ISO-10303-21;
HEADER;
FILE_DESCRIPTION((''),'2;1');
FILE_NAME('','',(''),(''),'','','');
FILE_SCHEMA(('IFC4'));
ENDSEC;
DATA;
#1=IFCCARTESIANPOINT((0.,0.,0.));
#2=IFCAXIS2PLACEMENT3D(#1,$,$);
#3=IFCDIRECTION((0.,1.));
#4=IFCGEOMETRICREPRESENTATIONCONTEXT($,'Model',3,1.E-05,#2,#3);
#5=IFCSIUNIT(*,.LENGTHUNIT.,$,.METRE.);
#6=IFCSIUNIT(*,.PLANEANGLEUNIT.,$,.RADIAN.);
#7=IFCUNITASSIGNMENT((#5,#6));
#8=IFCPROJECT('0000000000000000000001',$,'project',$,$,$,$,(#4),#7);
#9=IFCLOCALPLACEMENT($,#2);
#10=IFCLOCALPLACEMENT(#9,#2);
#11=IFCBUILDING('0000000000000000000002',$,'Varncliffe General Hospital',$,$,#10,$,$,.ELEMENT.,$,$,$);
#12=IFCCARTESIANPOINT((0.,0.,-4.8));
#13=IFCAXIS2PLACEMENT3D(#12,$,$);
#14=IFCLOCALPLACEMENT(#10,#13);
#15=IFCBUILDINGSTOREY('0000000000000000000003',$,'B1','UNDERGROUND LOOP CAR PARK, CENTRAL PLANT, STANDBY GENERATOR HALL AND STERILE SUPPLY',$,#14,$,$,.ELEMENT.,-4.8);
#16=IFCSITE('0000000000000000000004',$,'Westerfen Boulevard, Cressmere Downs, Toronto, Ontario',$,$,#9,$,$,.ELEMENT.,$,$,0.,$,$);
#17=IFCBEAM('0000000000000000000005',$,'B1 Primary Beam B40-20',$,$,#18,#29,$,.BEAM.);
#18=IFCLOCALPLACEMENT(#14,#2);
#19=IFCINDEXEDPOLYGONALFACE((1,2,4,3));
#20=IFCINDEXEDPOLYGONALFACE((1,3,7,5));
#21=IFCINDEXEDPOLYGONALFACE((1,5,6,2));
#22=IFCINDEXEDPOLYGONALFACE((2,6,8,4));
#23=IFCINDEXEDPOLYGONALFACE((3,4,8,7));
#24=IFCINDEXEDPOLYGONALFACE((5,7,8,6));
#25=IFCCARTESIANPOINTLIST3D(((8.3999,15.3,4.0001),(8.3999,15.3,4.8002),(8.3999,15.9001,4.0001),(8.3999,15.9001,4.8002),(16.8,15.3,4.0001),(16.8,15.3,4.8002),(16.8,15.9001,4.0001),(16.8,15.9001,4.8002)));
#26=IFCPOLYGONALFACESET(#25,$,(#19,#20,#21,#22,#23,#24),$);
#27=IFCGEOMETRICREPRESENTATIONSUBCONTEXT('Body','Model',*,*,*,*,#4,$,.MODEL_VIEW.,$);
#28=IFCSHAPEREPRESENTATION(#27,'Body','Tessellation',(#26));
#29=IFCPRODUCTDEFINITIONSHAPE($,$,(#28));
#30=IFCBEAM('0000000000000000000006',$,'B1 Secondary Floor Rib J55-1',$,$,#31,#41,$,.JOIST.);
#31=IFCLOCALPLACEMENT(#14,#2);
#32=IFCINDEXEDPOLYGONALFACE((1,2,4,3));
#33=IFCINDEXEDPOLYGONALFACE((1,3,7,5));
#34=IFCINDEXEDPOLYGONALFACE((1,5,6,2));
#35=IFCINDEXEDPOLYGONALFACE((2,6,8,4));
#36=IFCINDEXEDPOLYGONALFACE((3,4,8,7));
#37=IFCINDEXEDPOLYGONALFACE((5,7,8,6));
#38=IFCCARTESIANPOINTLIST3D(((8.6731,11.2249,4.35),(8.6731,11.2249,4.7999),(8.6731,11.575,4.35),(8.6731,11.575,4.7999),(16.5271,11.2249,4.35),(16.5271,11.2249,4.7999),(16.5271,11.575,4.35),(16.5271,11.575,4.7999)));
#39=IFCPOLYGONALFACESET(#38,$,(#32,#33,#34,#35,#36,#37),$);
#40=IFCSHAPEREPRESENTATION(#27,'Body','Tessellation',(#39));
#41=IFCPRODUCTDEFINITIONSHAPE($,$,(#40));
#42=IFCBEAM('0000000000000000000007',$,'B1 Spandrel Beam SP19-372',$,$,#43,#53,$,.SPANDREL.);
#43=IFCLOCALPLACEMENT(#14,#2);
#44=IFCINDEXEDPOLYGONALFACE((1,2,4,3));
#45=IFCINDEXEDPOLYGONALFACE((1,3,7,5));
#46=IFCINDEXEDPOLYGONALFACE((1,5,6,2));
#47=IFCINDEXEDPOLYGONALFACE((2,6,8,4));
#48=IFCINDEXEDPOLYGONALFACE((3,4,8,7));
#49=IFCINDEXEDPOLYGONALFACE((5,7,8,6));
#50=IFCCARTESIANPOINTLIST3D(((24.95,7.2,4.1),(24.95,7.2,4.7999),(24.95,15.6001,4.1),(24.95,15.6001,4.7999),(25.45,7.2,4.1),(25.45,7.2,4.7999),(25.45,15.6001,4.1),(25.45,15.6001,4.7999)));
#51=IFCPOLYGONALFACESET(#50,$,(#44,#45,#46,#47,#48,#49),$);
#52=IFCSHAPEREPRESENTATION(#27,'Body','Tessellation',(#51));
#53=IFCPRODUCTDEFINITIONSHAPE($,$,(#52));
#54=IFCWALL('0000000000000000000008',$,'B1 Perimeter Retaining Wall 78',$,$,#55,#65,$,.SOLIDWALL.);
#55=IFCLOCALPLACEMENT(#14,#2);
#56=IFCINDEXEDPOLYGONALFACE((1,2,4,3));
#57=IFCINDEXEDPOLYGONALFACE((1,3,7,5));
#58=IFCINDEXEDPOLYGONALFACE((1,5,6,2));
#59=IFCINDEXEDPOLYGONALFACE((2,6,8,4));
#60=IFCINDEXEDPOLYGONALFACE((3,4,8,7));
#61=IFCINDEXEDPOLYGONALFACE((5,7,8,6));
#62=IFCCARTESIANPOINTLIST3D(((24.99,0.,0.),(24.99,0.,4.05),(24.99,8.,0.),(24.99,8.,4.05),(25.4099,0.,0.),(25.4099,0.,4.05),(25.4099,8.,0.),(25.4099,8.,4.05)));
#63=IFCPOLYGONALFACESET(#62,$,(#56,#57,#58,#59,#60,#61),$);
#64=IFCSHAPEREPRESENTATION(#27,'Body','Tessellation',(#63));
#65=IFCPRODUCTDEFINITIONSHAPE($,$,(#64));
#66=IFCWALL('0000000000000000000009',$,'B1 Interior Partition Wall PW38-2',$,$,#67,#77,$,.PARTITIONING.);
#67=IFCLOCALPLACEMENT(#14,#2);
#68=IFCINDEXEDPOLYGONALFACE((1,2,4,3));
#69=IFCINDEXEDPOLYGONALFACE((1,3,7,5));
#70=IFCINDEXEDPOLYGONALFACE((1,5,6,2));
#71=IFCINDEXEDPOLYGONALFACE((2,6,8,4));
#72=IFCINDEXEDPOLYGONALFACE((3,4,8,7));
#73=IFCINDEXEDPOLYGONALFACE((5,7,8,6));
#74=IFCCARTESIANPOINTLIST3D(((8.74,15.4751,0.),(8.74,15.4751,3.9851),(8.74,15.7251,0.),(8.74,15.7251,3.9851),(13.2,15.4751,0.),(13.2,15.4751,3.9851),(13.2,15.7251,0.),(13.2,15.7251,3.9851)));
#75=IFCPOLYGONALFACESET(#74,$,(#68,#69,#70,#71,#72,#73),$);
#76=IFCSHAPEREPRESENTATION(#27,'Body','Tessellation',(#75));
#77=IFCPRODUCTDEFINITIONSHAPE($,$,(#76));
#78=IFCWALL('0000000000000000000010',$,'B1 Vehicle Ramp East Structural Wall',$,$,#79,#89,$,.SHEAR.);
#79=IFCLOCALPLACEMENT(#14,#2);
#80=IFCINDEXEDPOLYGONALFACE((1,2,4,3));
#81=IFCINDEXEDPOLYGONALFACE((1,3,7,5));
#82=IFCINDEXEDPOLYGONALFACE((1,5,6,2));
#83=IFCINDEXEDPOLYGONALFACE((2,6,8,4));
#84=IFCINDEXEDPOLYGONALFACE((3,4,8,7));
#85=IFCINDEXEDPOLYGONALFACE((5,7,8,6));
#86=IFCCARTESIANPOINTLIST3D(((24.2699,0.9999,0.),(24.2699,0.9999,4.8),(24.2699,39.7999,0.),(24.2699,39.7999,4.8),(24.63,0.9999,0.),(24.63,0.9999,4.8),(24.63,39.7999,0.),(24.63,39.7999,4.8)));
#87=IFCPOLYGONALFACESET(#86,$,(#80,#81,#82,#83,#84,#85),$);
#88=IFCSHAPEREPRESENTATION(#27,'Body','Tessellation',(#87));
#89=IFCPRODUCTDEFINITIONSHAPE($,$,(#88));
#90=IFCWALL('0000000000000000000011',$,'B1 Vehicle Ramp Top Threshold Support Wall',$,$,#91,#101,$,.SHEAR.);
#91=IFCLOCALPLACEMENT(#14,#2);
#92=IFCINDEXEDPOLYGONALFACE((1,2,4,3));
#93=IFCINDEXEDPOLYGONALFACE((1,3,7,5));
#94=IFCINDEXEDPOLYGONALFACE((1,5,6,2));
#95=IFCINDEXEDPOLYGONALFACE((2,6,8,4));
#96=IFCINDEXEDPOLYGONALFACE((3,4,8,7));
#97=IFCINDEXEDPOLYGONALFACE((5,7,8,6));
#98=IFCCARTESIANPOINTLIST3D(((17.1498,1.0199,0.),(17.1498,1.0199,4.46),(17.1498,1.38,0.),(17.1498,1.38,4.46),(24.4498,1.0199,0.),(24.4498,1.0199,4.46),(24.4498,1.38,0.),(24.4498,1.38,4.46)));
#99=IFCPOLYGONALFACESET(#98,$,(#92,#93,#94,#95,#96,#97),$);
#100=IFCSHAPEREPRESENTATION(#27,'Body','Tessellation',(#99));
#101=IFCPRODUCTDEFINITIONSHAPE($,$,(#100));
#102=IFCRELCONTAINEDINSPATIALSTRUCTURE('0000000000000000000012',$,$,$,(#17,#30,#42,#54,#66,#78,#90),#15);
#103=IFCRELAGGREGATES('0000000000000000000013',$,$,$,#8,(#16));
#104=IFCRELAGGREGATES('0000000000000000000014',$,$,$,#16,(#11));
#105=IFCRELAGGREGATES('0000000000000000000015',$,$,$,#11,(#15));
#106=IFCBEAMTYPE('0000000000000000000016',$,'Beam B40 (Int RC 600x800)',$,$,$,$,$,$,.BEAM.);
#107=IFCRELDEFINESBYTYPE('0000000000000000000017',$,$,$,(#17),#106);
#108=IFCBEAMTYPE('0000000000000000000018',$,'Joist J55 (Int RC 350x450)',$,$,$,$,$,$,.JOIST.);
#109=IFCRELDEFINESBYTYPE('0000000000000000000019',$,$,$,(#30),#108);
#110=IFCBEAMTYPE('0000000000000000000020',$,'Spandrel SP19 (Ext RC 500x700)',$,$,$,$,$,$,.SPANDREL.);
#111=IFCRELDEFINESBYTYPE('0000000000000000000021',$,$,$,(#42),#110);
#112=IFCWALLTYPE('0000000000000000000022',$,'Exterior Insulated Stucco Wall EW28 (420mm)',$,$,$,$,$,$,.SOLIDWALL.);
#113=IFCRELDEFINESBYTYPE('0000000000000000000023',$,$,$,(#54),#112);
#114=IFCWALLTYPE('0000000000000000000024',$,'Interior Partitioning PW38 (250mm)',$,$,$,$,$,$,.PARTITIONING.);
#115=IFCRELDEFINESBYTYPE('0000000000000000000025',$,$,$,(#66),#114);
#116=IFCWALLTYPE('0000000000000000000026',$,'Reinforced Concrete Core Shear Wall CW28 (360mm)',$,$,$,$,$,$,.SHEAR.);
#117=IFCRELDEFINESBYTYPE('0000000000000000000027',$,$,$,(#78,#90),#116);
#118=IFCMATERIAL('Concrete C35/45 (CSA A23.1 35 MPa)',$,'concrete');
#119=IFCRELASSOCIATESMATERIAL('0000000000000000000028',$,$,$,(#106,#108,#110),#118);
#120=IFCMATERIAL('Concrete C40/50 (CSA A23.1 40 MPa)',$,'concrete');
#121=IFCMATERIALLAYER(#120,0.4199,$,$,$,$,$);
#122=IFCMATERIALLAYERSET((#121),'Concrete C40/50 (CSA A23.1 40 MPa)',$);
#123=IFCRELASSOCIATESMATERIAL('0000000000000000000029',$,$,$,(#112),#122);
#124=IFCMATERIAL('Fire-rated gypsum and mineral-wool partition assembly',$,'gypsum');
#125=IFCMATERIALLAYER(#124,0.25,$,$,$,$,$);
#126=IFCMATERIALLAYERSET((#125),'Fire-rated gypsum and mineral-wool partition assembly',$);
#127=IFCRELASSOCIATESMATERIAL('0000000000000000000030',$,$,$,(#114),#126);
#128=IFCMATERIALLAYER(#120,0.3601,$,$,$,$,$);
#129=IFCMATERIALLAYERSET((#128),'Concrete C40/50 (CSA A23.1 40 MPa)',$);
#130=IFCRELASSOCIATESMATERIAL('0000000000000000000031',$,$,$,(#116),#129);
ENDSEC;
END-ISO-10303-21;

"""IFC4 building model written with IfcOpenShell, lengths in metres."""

from ifc_helpers import new_model, si_unit, direction, frame, frame_2d, origin, origin_2d, place, context, subcontext, project, spatial, rectangle, extrude, material, layer, layer_set, material_profile, profile_set, type_object, element, save


model = new_model("IFC4")

# Units and contexts
model_context = context("Model", 3, precision=1e-05, world=origin(), true_north=direction((0.0, 1.0)))
body_context = subcontext(model_context, "Body", "Model", "MODEL_VIEW")
ifc_project = project(units=[si_unit("LENGTHUNIT", "METRE"), si_unit("PLANEANGLEUNIT", "RADIAN")], contexts=[model_context])

# Site, building, storey
site_placement = place(None, origin())
site = spatial("IfcSite", under=ifc_project, at=site_placement, Name="Westerfen Boulevard, Cressmere Downs, Toronto, Ontario", CompositionType="ELEMENT", RefElevation=0.0)
building_placement = place(site_placement, origin())
building = spatial("IfcBuilding", under=site, at=building_placement, Name="Varncliffe General Hospital", CompositionType="ELEMENT")
storey_placement = place(building_placement, frame((0.0, 0.0, -4.8)))
storey = spatial("IfcBuildingStorey", under=building, at=storey_placement, Name="B1", Description="UNDERGROUND LOOP CAR PARK, CENTRAL PLANT, STANDBY GENERATOR HALL AND STERILE SUPPLY", CompositionType="ELEMENT", Elevation=-4.8)

# Shared definitions
ifc_material_1 = material(Name="Concrete C40/50 (CSA A23.1 40 MPa)", Category="concrete")

# Beams
ifc_material_2 = material(Name="Concrete C35/45 (CSA A23.1 35 MPa)", Category="concrete")
ifc_material_profile_1 = material_profile(ifc_material_2, rectangle(XDim=0.6001, YDim=0.8, at=origin_2d()), Name="RC 600x800")
ifc_profile_set_1 = profile_set([ifc_material_profile_1], Name="Concrete C35/45 (CSA A23.1 35 MPa)")
beam_type_1 = type_object("IfcBeamType", Name="Beam B40 (Int RC 600x800)", PredefinedType="BEAM", material=ifc_profile_set_1)
beam_1_placement = place(storey_placement, frame((8.3999, 15.6001, 4.4001), z_axis=(1.0, 0.0, 0.0), x_axis=(0.0, 1.0, 0.0)))
element("IfcBeam", 1, at=beam_1_placement, inside=storey, type_object=beam_type_1, Name="B1 Primary Beam B40-20", PredefinedType="BEAM", context=body_context, shape_type="SweptSolid", body=[
    extrude(rectangle(XDim=0.6001, YDim=0.8, at=origin_2d()), origin(), (0.0, 0.0, 1.0), 8.4001),
])
ifc_material_profile_2 = material_profile(ifc_material_2, rectangle(XDim=0.3501, YDim=0.45, at=origin_2d()), Name="RC 350x450")
ifc_profile_set_2 = profile_set([ifc_material_profile_2], Name="Concrete C35/45 (CSA A23.1 35 MPa)")
beam_type_2 = type_object("IfcBeamType", Name="Joist J55 (Int RC 350x450)", PredefinedType="JOIST", material=ifc_profile_set_2)
beam_2_placement = place(storey_placement, frame((8.6731, 11.3999, 4.575), z_axis=(1.0, 0.0, 0.0), x_axis=(0.0, 1.0, 0.0)))
element("IfcBeam", 2, at=beam_2_placement, inside=storey, type_object=beam_type_2, Name="B1 Secondary Floor Rib J55-1", PredefinedType="JOIST", context=body_context, shape_type="SweptSolid", body=[
    extrude(rectangle(XDim=0.3501, YDim=0.45, at=origin_2d()), origin(), (0.0, 0.0, 1.0), 7.854),
])
ifc_material_profile_3 = material_profile(ifc_material_2, rectangle(XDim=0.5, YDim=0.7, at=origin_2d()), Name="RC 500x700")
ifc_profile_set_3 = profile_set([ifc_material_profile_3], Name="Concrete C35/45 (CSA A23.1 35 MPa)")
beam_type_3 = type_object("IfcBeamType", Name="Spandrel SP19 (Ext RC 500x700)", PredefinedType="SPANDREL", material=ifc_profile_set_3)
beam_3_placement = place(storey_placement, frame((25.2, 7.2, 4.45), z_axis=(0.0, 1.0, 0.0), x_axis=(-1.0, 0.0, 0.0)))
element("IfcBeam", 3, at=beam_3_placement, inside=storey, type_object=beam_type_3, Name="B1 Spandrel Beam SP19-372", PredefinedType="SPANDREL", context=body_context, shape_type="SweptSolid", body=[
    extrude(rectangle(XDim=0.5, YDim=0.7, at=origin_2d()), origin(), (0.0, 0.0, 1.0), 8.4001),
])

# Walls
ifc_layer_1 = layer(ifc_material_1, 0.4199)
ifc_layer_set_1 = layer_set([ifc_layer_1], Name="Concrete C40/50 (CSA A23.1 40 MPa)")
wall_type_1 = type_object("IfcWallType", Name="Exterior Insulated Stucco Wall EW28 (420mm)", PredefinedType="SOLIDWALL", material=ifc_layer_set_1)
wall_1_placement = place(storey_placement, frame((25.2, 8.0, 0.0), z_axis=(0.0, 0.0, 1.0), x_axis=(0.0, -1.0, 0.0)))
element("IfcWall", 4, at=wall_1_placement, inside=storey, type_object=wall_type_1, Name="B1 Perimeter Retaining Wall 78", PredefinedType="SOLIDWALL", context=body_context, shape_type="SweptSolid", body=[
    extrude(rectangle(XDim=8.0, YDim=0.4199, at=frame_2d((4.0, 0.0))), origin(), (0.0, 0.0, 1.0), 4.05),
])
ifc_material_3 = material(Name="Fire-rated gypsum and mineral-wool partition assembly", Category="gypsum")
ifc_layer_2 = layer(ifc_material_3, 0.25)
ifc_layer_set_2 = layer_set([ifc_layer_2], Name="Fire-rated gypsum and mineral-wool partition assembly")
wall_type_2 = type_object("IfcWallType", Name="Interior Partitioning PW38 (250mm)", PredefinedType="PARTITIONING", material=ifc_layer_set_2)
wall_2_placement = place(storey_placement, frame((8.74, 15.6001, 0.0), z_axis=(0.0, 0.0, 1.0), x_axis=(1.0, 0.0, 0.0)))
element("IfcWall", 5, at=wall_2_placement, inside=storey, type_object=wall_type_2, Name="B1 Interior Partition Wall PW38-2", PredefinedType="PARTITIONING", context=body_context, shape_type="SweptSolid", body=[
    extrude(rectangle(XDim=4.46, YDim=0.25, at=frame_2d((2.23, 0.0))), origin(), (0.0, 0.0, 1.0), 3.9851),
])
ifc_layer_3 = layer(ifc_material_1, 0.3601)
ifc_layer_set_3 = layer_set([ifc_layer_3], Name="Concrete C40/50 (CSA A23.1 40 MPa)")
wall_type_3 = type_object("IfcWallType", Name="Reinforced Concrete Core Shear Wall CW28 (360mm)", PredefinedType="SHEAR", material=ifc_layer_set_3)
wall_3_placement = place(storey_placement, frame((24.45, 1.0, 0.0), z_axis=(0.0, 0.0, 1.0), x_axis=(0.0, 1.0, 0.0)))
element("IfcWall", 6, at=wall_3_placement, inside=storey, type_object=wall_type_3, Name="B1 Vehicle Ramp East Structural Wall", PredefinedType="SHEAR", context=body_context, shape_type="SweptSolid", body=[
    extrude(rectangle(XDim=38.8, YDim=0.3601, at=frame_2d((19.3999, 0.0))), origin(), (0.0, 0.0, 1.0), 4.8),
])
wall_4_placement = place(storey_placement, frame((17.1499, 1.2, 0.0), z_axis=(0.0, 0.0, 1.0), x_axis=(1.0, 0.0, 0.0)))
element("IfcWall", 7, at=wall_4_placement, inside=storey, type_object=wall_type_3, Name="B1 Vehicle Ramp Top Threshold Support Wall", PredefinedType="SHEAR", context=body_context, shape_type="SweptSolid", body=[
    extrude(rectangle(XDim=7.3, YDim=0.3601, at=frame_2d((3.6499, 0.0))), origin(), (0.0, 0.0, 1.0), 4.46),
])

save(model, "model.ifc")
